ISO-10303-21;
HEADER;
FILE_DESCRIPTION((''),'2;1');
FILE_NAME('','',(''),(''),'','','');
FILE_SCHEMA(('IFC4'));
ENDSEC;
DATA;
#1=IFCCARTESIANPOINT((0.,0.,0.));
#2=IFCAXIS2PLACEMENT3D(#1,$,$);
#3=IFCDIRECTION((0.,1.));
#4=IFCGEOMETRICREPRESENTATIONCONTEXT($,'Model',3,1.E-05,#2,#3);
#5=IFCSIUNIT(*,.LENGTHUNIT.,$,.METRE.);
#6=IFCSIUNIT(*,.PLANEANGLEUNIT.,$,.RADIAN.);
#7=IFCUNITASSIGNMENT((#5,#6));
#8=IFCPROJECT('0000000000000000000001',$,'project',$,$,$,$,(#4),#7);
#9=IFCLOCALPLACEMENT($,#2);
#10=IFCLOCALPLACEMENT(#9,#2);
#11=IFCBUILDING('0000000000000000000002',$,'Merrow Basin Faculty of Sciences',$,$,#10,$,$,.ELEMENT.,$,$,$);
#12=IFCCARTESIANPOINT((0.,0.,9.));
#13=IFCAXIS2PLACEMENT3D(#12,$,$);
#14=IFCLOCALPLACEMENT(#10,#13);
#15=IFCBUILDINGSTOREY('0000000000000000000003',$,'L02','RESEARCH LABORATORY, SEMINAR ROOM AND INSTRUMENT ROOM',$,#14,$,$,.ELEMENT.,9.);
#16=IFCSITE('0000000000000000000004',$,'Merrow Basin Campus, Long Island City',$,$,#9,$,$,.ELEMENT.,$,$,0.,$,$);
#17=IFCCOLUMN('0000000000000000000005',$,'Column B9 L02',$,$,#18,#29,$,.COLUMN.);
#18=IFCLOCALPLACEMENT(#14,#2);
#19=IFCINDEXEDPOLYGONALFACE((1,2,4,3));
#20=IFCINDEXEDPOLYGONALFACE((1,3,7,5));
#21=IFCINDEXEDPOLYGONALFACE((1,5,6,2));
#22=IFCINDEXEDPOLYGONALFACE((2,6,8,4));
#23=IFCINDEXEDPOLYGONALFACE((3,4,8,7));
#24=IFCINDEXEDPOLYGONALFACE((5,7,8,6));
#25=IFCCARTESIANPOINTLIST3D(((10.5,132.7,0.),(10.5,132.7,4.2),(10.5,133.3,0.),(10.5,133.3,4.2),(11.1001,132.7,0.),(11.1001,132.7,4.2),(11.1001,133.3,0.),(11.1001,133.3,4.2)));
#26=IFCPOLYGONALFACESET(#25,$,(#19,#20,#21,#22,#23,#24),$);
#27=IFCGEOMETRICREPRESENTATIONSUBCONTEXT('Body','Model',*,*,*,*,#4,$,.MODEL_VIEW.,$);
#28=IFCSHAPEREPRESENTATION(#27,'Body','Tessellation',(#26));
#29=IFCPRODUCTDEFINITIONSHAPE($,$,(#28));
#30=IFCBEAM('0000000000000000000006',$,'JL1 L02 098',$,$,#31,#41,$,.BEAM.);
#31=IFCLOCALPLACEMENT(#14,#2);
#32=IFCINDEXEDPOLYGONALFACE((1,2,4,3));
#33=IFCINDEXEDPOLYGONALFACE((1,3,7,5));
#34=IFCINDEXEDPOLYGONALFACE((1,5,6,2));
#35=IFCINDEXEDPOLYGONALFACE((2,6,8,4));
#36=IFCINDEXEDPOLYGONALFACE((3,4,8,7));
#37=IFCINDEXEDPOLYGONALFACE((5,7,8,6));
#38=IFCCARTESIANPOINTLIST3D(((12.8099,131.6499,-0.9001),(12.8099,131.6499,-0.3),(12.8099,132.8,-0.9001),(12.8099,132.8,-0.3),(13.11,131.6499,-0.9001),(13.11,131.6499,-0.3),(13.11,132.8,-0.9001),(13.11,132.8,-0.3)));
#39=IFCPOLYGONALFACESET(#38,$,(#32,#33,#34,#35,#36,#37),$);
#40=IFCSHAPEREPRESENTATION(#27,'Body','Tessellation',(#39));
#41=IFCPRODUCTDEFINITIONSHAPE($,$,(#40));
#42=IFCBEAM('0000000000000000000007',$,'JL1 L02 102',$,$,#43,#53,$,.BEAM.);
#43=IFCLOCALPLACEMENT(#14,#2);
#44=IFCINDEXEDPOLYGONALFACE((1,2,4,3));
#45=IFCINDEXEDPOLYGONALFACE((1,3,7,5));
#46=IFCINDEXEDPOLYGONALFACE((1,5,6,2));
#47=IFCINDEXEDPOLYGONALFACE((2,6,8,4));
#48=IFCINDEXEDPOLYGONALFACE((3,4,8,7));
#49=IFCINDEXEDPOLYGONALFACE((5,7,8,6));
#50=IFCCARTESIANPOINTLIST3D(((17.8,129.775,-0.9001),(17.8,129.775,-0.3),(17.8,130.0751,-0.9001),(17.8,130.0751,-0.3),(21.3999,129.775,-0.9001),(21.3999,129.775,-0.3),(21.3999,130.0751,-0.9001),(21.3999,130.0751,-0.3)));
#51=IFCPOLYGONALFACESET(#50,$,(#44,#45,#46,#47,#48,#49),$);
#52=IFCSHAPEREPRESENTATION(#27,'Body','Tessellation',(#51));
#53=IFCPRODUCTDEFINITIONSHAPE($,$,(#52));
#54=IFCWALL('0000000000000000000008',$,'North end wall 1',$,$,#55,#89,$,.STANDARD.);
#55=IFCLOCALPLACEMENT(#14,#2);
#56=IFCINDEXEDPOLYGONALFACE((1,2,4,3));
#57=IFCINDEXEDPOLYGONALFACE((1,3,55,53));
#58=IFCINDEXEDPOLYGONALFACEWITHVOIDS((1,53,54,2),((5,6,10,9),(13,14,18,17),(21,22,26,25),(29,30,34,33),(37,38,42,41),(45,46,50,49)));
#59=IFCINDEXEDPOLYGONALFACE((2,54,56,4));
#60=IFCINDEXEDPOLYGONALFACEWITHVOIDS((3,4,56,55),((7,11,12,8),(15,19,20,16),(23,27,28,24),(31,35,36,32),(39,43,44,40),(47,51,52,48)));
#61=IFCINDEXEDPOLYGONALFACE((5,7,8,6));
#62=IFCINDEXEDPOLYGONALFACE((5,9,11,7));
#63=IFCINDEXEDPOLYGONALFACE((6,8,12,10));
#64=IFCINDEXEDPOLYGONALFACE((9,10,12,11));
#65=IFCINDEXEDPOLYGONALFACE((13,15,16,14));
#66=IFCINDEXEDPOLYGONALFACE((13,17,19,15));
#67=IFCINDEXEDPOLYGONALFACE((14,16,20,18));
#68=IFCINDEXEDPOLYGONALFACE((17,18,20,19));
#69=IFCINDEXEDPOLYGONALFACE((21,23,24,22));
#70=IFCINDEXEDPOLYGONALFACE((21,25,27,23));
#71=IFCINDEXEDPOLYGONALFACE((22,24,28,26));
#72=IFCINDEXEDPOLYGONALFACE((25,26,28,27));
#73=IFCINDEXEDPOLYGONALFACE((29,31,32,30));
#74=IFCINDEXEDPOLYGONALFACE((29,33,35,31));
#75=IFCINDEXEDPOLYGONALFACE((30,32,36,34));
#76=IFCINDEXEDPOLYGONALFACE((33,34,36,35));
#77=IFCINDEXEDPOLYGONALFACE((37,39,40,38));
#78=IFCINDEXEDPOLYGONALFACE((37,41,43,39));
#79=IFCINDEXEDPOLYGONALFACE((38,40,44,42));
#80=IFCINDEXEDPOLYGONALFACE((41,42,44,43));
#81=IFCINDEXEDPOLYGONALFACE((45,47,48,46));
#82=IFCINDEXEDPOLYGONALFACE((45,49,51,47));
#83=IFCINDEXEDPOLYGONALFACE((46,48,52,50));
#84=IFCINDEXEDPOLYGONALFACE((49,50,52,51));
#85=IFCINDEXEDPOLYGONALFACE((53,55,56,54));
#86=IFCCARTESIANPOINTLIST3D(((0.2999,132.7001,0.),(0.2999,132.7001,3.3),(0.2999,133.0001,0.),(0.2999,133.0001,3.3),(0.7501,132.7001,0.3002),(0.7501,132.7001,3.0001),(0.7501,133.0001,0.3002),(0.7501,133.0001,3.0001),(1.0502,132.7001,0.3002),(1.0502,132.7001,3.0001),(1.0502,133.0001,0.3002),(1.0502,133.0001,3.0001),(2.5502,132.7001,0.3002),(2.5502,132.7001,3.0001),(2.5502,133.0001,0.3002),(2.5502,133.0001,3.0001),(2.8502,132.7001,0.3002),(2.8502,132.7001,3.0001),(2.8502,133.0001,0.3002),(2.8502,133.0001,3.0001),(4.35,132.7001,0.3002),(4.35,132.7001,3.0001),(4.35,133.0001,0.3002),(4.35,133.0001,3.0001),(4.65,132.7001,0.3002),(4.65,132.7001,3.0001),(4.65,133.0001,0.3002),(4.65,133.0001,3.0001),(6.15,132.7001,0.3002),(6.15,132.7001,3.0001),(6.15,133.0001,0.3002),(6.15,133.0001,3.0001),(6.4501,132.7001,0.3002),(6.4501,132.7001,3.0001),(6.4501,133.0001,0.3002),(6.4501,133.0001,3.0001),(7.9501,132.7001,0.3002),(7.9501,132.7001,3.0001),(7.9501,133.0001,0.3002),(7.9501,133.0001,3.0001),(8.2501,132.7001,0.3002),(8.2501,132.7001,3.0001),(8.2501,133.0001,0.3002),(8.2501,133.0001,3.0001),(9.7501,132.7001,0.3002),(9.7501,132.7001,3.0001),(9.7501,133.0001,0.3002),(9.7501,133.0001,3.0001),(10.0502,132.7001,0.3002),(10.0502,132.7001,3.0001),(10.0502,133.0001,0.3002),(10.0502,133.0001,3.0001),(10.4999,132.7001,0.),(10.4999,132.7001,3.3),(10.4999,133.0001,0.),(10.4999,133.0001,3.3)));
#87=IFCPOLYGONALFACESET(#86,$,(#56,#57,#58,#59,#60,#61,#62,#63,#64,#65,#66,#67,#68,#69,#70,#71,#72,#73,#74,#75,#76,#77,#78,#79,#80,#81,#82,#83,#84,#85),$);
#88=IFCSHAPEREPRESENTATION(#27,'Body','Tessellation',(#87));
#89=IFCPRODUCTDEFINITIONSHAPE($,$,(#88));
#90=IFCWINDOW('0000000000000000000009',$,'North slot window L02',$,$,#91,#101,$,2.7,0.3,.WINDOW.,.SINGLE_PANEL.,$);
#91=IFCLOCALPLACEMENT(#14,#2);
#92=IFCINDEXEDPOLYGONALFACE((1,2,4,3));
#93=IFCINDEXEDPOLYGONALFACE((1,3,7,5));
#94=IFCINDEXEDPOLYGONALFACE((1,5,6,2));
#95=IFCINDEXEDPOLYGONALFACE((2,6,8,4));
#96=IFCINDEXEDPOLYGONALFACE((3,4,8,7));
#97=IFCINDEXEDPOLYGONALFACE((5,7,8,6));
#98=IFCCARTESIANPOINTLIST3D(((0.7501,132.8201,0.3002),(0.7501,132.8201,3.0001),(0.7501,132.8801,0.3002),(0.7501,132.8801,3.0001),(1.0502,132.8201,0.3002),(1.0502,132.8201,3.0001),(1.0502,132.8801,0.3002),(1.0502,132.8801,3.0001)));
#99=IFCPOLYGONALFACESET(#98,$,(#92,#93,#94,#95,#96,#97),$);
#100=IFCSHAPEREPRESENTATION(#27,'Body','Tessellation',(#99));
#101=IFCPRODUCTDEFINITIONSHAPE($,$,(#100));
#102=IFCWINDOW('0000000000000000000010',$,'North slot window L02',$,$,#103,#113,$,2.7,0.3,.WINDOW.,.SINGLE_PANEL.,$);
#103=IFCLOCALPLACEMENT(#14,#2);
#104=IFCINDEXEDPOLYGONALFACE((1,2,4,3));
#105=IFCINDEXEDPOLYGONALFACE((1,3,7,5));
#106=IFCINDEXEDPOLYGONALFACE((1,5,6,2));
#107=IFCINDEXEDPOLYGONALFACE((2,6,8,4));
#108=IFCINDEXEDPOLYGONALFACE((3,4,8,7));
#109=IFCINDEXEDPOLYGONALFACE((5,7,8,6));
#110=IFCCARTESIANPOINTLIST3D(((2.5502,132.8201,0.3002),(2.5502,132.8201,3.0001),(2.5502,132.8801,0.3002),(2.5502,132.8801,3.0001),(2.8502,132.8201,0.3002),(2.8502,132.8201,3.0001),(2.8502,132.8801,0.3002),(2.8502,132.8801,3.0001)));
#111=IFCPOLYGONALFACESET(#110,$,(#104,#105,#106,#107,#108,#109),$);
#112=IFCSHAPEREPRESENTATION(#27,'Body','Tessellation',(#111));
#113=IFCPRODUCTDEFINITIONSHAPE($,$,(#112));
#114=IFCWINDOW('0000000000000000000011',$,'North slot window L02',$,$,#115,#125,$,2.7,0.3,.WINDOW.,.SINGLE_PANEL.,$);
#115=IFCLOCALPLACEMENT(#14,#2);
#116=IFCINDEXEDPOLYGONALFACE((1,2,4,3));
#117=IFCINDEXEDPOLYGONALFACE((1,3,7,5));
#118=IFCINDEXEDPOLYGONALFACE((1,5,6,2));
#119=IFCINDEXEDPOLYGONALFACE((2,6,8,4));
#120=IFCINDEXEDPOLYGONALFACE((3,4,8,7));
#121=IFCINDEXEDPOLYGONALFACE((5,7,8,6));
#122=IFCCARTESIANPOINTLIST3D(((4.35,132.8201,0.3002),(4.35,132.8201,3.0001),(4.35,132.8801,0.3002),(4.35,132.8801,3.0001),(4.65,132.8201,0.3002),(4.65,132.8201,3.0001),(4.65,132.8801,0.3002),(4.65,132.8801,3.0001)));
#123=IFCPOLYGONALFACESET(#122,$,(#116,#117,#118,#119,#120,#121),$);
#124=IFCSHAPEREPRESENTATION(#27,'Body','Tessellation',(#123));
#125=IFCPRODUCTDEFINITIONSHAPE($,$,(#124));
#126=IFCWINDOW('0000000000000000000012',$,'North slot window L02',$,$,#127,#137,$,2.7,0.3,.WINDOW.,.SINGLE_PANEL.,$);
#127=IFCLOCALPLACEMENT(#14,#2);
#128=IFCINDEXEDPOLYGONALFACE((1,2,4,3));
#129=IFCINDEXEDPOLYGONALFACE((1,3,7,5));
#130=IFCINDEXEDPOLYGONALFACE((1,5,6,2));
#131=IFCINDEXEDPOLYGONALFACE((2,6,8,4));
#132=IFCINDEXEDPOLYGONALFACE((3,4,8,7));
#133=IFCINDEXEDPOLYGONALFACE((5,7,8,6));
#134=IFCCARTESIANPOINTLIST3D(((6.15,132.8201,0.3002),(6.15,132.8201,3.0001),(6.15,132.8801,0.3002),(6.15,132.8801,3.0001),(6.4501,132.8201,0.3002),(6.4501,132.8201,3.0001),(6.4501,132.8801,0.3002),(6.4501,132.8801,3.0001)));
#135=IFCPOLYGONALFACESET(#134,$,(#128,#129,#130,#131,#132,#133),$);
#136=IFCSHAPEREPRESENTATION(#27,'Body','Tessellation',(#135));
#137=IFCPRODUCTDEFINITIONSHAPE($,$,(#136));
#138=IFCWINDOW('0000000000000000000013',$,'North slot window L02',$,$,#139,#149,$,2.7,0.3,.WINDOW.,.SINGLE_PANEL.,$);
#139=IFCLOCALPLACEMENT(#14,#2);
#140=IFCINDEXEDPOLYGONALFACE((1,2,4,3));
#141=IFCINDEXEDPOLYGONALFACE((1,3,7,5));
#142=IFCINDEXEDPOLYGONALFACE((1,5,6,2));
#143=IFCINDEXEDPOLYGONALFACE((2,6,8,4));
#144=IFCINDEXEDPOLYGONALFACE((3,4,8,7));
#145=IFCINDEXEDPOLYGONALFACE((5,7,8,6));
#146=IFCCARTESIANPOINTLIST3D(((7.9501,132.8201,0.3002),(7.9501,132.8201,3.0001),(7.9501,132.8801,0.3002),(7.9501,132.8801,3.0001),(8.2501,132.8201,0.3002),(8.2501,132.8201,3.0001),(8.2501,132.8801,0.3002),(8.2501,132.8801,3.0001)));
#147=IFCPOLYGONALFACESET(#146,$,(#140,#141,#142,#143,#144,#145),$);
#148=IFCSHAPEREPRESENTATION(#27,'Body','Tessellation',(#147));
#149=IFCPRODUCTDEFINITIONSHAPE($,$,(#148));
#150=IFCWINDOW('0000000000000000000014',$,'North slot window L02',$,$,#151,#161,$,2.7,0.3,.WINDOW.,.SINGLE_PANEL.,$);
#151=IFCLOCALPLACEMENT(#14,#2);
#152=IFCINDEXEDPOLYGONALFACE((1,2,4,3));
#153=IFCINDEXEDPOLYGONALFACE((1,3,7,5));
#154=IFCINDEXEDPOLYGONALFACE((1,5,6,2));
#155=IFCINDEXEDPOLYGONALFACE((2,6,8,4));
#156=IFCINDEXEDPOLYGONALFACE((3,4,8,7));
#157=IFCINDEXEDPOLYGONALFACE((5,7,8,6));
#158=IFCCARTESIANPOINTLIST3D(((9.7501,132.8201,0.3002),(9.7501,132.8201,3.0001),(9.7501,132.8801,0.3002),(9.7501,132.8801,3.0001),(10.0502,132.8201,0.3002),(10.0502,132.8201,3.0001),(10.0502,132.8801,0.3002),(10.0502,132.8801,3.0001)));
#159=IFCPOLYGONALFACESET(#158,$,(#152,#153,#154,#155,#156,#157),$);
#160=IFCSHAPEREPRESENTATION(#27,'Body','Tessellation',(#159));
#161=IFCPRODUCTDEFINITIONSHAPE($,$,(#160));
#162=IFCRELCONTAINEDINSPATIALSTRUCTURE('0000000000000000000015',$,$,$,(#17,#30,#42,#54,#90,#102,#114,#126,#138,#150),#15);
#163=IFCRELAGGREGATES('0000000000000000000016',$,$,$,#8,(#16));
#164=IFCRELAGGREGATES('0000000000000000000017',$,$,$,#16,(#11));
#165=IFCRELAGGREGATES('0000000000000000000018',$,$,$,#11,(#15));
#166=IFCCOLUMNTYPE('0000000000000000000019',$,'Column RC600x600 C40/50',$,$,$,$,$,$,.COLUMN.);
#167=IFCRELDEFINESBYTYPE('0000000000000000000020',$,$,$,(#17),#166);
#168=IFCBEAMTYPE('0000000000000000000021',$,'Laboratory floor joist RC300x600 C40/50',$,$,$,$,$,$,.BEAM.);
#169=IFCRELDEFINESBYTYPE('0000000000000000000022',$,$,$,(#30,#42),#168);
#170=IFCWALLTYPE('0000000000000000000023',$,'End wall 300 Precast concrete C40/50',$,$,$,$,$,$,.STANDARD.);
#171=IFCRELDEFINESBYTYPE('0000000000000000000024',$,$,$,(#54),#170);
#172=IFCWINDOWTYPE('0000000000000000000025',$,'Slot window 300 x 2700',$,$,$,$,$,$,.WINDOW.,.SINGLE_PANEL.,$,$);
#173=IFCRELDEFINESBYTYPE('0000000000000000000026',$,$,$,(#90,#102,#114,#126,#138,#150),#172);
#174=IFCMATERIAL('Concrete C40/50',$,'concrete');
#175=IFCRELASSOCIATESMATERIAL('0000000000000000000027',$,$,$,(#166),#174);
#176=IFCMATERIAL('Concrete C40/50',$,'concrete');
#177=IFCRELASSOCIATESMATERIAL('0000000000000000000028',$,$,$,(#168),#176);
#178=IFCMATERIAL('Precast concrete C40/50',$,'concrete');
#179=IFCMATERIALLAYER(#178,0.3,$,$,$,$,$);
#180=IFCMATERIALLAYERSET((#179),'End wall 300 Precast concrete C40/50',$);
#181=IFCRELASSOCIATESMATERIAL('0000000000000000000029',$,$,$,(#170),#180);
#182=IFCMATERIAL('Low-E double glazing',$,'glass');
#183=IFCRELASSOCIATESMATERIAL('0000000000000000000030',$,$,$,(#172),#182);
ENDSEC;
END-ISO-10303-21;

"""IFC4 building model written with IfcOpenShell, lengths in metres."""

from ifc_helpers import new_model, si_unit, direction, frame, frame_2d, origin, origin_2d, place, context, subcontext, project, spatial, rectangle, extrude, material, layer, layer_set, material_profile, profile_set, type_object, element, fill, save


model = new_model("IFC4")

# Units and contexts
model_context = context("Model", 3, precision=1e-05, world=origin(), true_north=direction((0.0, 1.0)))
body_context = subcontext(model_context, "Body", "Model", "MODEL_VIEW")
ifc_project = project(units=[si_unit("LENGTHUNIT", "METRE"), si_unit("PLANEANGLEUNIT", "RADIAN")], contexts=[model_context])

# Site, building, storey
site_placement = place(None, origin())
site = spatial("IfcSite", under=ifc_project, at=site_placement, Name="Merrow Basin Campus, Long Island City", CompositionType="ELEMENT", RefElevation=0.0)
building_placement = place(site_placement, origin())
building = spatial("IfcBuilding", under=site, at=building_placement, Name="Merrow Basin Faculty of Sciences", CompositionType="ELEMENT")
storey_placement = place(building_placement, frame((0.0, 0.0, 9.0)))
storey = spatial("IfcBuildingStorey", under=building, at=storey_placement, Name="L02", Description="RESEARCH LABORATORY, SEMINAR ROOM AND INSTRUMENT ROOM", CompositionType="ELEMENT", Elevation=9.0)

# Column
ifc_material_1 = material(Name="Concrete C40/50", Category="concrete")
ifc_material_profile_1 = material_profile(ifc_material_1, rectangle(XDim=0.6001, YDim=0.6001, at=origin_2d()))
ifc_profile_set_1 = profile_set([ifc_material_profile_1], Name="Concrete C40/50")
column_type = type_object("IfcColumnType", Name="Column RC600x600 C40/50", PredefinedType="COLUMN", material=ifc_profile_set_1)
column_placement = place(storey_placement, frame((10.8, 133.0, 0.0), z_axis=(0.0, 0.0, 1.0), x_axis=(1.0, 0.0, 0.0)))
element("IfcColumn", 1, at=column_placement, inside=storey, type_object=column_type, Name="Column B9 L02", PredefinedType="COLUMN", context=body_context, shape_type="SweptSolid", body=[
    extrude(rectangle(XDim=0.6001, YDim=0.6001, at=origin_2d()), origin(), (0.0, 0.0, 1.0), 4.2),
])

# Beams
ifc_material_2 = material(Name="Concrete C40/50", Category="concrete")
ifc_material_profile_2 = material_profile(ifc_material_2, rectangle(XDim=0.3, YDim=0.6001, at=origin_2d()))
ifc_profile_set_2 = profile_set([ifc_material_profile_2], Name="Concrete C40/50")
beam_type = type_object("IfcBeamType", Name="Laboratory floor joist RC300x600 C40/50", PredefinedType="BEAM", material=ifc_profile_set_2)
beam_1_placement = place(storey_placement, frame((12.96, 131.6499, -0.6001), z_axis=(0.0, 1.0, 0.0), x_axis=(-1.0, 0.0, 0.0)))
element("IfcBeam", 2, at=beam_1_placement, inside=storey, type_object=beam_type, Name="JL1 L02 098", PredefinedType="BEAM", context=body_context, shape_type="SweptSolid", body=[
    extrude(rectangle(XDim=0.3, YDim=0.6001, at=origin_2d()), origin(), (0.0, 0.0, 1.0), 1.1501),
])
beam_2_placement = place(storey_placement, frame((17.8, 129.925, -0.6001), z_axis=(1.0, 0.0, 0.0), x_axis=(0.0, 1.0, 0.0)))
element("IfcBeam", 3, at=beam_2_placement, inside=storey, type_object=beam_type, Name="JL1 L02 102", PredefinedType="BEAM", context=body_context, shape_type="SweptSolid", body=[
    extrude(rectangle(XDim=0.3, YDim=0.6001, at=origin_2d()), origin(), (0.0, 0.0, 1.0), 3.5999),
])

# Wall, openings, windows
ifc_material_3 = material(Name="Precast concrete C40/50", Category="concrete")
ifc_layer_1 = layer(ifc_material_3, 0.3)
ifc_layer_set_1 = layer_set([ifc_layer_1], Name="End wall 300 Precast concrete C40/50")
wall_type_1 = type_object("IfcWallType", Name="End wall 300 Precast concrete C40/50", PredefinedType="STANDARD", material=ifc_layer_set_1)
wall_1_placement = place(storey_placement, frame((10.5, 132.8501, 0.0), z_axis=(0.0, 0.0, 1.0), x_axis=(-1.0, 0.0, 0.0)))
wall_1 = element("IfcWall", 4, at=wall_1_placement, inside=storey, type_object=wall_type_1, Name="North end wall 1", PredefinedType="STANDARD", context=body_context, shape_type="SweptSolid", body=[
    extrude(rectangle(XDim=10.2, YDim=0.3, at=frame_2d((5.1001, 0.0))), origin(), (0.0, 0.0, 1.0), 3.3),
])
opening_1_placement = place(wall_1_placement, frame((9.45, 0.0, 0.3)))
opening_1 = element("IfcOpeningElement", 5, at=opening_1_placement, cuts=wall_1, PredefinedType="OPENING", context=body_context, shape_type="SweptSolid", body=[
    extrude(rectangle(XDim=0.3, YDim=2.7, at=frame_2d((0.1499, 1.3501))), frame((0.0, 0.1599, 0.0), z_axis=(0.0, -1.0, 0.0), x_axis=(1.0, 0.0, 0.0)), (0.0, 0.0, 1.0), 0.3201),
])
opening_2_placement = place(wall_1_placement, frame((7.6499, 0.0, 0.3)))
opening_2 = element("IfcOpeningElement", 6, at=opening_2_placement, cuts=wall_1, PredefinedType="OPENING", context=body_context, shape_type="SweptSolid", body=[
    extrude(rectangle(XDim=0.3, YDim=2.7, at=frame_2d((0.1499, 1.3501))), frame((0.0, 0.1599, 0.0), z_axis=(0.0, -1.0, 0.0), x_axis=(1.0, 0.0, 0.0)), (0.0, 0.0, 1.0), 0.3201),
])
opening_3_placement = place(wall_1_placement, frame((5.8501, 0.0, 0.3)))
opening_3 = element("IfcOpeningElement", 7, at=opening_3_placement, cuts=wall_1, PredefinedType="OPENING", context=body_context, shape_type="SweptSolid", body=[
    extrude(rectangle(XDim=0.3, YDim=2.7, at=frame_2d((0.1499, 1.3501))), frame((0.0, 0.1599, 0.0), z_axis=(0.0, -1.0, 0.0), x_axis=(1.0, 0.0, 0.0)), (0.0, 0.0, 1.0), 0.3201),
])
opening_4_placement = place(wall_1_placement, frame((4.05, 0.0, 0.3)))
opening_4 = element("IfcOpeningElement", 8, at=opening_4_placement, cuts=wall_1, PredefinedType="OPENING", context=body_context, shape_type="SweptSolid", body=[
    extrude(rectangle(XDim=0.3, YDim=2.7, at=frame_2d((0.1499, 1.3501))), frame((0.0, 0.1599, 0.0), z_axis=(0.0, -1.0, 0.0), x_axis=(1.0, 0.0, 0.0)), (0.0, 0.0, 1.0), 0.3201),
])
opening_5_placement = place(wall_1_placement, frame((2.25, 0.0, 0.3)))
opening_5 = element("IfcOpeningElement", 9, at=opening_5_placement, cuts=wall_1, PredefinedType="OPENING", context=body_context, shape_type="SweptSolid", body=[
    extrude(rectangle(XDim=0.3, YDim=2.7, at=frame_2d((0.1499, 1.3501))), frame((0.0, 0.1599, 0.0), z_axis=(0.0, -1.0, 0.0), x_axis=(1.0, 0.0, 0.0)), (0.0, 0.0, 1.0), 0.3201),
])
opening_6_placement = place(wall_1_placement, frame((0.45, 0.0, 0.3)))
opening_6 = element("IfcOpeningElement", 10, at=opening_6_placement, cuts=wall_1, PredefinedType="OPENING", context=body_context, shape_type="SweptSolid", body=[
    extrude(rectangle(XDim=0.3, YDim=2.7, at=frame_2d((0.1499, 1.3501))), frame((0.0, 0.1599, 0.0), z_axis=(0.0, -1.0, 0.0), x_axis=(1.0, 0.0, 0.0)), (0.0, 0.0, 1.0), 0.3201),
])
ifc_material_4 = material(Name="Low-E double glazing", Category="glass")
window_type = type_object("IfcWindowType", Name="Slot window 300 x 2700", PartitioningType="SINGLE_PANEL", PredefinedType="WINDOW", material=ifc_material_4)
window_1_placement = place(opening_1_placement, origin())
window_1 = element("IfcWindow", 11, at=window_1_placement, inside=storey, type_object=window_type, Name="North slot window L02", OverallHeight=2.7, OverallWidth=0.3, PartitioningType="SINGLE_PANEL", PredefinedType="WINDOW", context=body_context, shape_type="SweptSolid", body=[
    extrude(rectangle(XDim=0.3, YDim=2.7, at=frame_2d((0.1499, 1.3501))), frame((0.0, 0.03, 0.0), z_axis=(0.0, -1.0, 0.0), x_axis=(1.0, 0.0, 0.0)), (0.0, 0.0, 1.0), 0.0601),
])
fill(opening_1, window_1)
window_2_placement = place(opening_2_placement, origin())
window_2 = element("IfcWindow", 12, at=window_2_placement, inside=storey, type_object=window_type, Name="North slot window L02", OverallHeight=2.7, OverallWidth=0.3, PartitioningType="SINGLE_PANEL", PredefinedType="WINDOW", context=body_context, shape_type="SweptSolid", body=[
    extrude(rectangle(XDim=0.3, YDim=2.7, at=frame_2d((0.1499, 1.3501))), frame((0.0, 0.03, 0.0), z_axis=(0.0, -1.0, 0.0), x_axis=(1.0, 0.0, 0.0)), (0.0, 0.0, 1.0), 0.0601),
])
fill(opening_2, window_2)
window_3_placement = place(opening_3_placement, origin())
window_3 = element("IfcWindow", 13, at=window_3_placement, inside=storey, type_object=window_type, Name="North slot window L02", OverallHeight=2.7, OverallWidth=0.3, PartitioningType="SINGLE_PANEL", PredefinedType="WINDOW", context=body_context, shape_type="SweptSolid", body=[
    extrude(rectangle(XDim=0.3, YDim=2.7, at=frame_2d((0.1499, 1.3501))), frame((0.0, 0.03, 0.0), z_axis=(0.0, -1.0, 0.0), x_axis=(1.0, 0.0, 0.0)), (0.0, 0.0, 1.0), 0.0601),
])
fill(opening_3, window_3)
window_4_placement = place(opening_4_placement, origin())
window_4 = element("IfcWindow", 14, at=window_4_placement, inside=storey, type_object=window_type, Name="North slot window L02", OverallHeight=2.7, OverallWidth=0.3, PartitioningType="SINGLE_PANEL", PredefinedType="WINDOW", context=body_context, shape_type="SweptSolid", body=[
    extrude(rectangle(XDim=0.3, YDim=2.7, at=frame_2d((0.1499, 1.3501))), frame((0.0, 0.03, 0.0), z_axis=(0.0, -1.0, 0.0), x_axis=(1.0, 0.0, 0.0)), (0.0, 0.0, 1.0), 0.0601),
])
fill(opening_4, window_4)
window_5_placement = place(opening_5_placement, origin())
window_5 = element("IfcWindow", 15, at=window_5_placement, inside=storey, type_object=window_type, Name="North slot window L02", OverallHeight=2.7, OverallWidth=0.3, PartitioningType="SINGLE_PANEL", PredefinedType="WINDOW", context=body_context, shape_type="SweptSolid", body=[
    extrude(rectangle(XDim=0.3, YDim=2.7, at=frame_2d((0.1499, 1.3501))), frame((0.0, 0.03, 0.0), z_axis=(0.0, -1.0, 0.0), x_axis=(1.0, 0.0, 0.0)), (0.0, 0.0, 1.0), 0.0601),
])
fill(opening_5, window_5)
window_6_placement = place(opening_6_placement, origin())
window_6 = element("IfcWindow", 16, at=window_6_placement, inside=storey, type_object=window_type, Name="North slot window L02", OverallHeight=2.7, OverallWidth=0.3, PartitioningType="SINGLE_PANEL", PredefinedType="WINDOW", context=body_context, shape_type="SweptSolid", body=[
    extrude(rectangle(XDim=0.3, YDim=2.7, at=frame_2d((0.1499, 1.3501))), frame((0.0, 0.03, 0.0), z_axis=(0.0, -1.0, 0.0), x_axis=(1.0, 0.0, 0.0)), (0.0, 0.0, 1.0), 0.0601),
])
fill(opening_6, window_6)

save(model, "model.ifc")
